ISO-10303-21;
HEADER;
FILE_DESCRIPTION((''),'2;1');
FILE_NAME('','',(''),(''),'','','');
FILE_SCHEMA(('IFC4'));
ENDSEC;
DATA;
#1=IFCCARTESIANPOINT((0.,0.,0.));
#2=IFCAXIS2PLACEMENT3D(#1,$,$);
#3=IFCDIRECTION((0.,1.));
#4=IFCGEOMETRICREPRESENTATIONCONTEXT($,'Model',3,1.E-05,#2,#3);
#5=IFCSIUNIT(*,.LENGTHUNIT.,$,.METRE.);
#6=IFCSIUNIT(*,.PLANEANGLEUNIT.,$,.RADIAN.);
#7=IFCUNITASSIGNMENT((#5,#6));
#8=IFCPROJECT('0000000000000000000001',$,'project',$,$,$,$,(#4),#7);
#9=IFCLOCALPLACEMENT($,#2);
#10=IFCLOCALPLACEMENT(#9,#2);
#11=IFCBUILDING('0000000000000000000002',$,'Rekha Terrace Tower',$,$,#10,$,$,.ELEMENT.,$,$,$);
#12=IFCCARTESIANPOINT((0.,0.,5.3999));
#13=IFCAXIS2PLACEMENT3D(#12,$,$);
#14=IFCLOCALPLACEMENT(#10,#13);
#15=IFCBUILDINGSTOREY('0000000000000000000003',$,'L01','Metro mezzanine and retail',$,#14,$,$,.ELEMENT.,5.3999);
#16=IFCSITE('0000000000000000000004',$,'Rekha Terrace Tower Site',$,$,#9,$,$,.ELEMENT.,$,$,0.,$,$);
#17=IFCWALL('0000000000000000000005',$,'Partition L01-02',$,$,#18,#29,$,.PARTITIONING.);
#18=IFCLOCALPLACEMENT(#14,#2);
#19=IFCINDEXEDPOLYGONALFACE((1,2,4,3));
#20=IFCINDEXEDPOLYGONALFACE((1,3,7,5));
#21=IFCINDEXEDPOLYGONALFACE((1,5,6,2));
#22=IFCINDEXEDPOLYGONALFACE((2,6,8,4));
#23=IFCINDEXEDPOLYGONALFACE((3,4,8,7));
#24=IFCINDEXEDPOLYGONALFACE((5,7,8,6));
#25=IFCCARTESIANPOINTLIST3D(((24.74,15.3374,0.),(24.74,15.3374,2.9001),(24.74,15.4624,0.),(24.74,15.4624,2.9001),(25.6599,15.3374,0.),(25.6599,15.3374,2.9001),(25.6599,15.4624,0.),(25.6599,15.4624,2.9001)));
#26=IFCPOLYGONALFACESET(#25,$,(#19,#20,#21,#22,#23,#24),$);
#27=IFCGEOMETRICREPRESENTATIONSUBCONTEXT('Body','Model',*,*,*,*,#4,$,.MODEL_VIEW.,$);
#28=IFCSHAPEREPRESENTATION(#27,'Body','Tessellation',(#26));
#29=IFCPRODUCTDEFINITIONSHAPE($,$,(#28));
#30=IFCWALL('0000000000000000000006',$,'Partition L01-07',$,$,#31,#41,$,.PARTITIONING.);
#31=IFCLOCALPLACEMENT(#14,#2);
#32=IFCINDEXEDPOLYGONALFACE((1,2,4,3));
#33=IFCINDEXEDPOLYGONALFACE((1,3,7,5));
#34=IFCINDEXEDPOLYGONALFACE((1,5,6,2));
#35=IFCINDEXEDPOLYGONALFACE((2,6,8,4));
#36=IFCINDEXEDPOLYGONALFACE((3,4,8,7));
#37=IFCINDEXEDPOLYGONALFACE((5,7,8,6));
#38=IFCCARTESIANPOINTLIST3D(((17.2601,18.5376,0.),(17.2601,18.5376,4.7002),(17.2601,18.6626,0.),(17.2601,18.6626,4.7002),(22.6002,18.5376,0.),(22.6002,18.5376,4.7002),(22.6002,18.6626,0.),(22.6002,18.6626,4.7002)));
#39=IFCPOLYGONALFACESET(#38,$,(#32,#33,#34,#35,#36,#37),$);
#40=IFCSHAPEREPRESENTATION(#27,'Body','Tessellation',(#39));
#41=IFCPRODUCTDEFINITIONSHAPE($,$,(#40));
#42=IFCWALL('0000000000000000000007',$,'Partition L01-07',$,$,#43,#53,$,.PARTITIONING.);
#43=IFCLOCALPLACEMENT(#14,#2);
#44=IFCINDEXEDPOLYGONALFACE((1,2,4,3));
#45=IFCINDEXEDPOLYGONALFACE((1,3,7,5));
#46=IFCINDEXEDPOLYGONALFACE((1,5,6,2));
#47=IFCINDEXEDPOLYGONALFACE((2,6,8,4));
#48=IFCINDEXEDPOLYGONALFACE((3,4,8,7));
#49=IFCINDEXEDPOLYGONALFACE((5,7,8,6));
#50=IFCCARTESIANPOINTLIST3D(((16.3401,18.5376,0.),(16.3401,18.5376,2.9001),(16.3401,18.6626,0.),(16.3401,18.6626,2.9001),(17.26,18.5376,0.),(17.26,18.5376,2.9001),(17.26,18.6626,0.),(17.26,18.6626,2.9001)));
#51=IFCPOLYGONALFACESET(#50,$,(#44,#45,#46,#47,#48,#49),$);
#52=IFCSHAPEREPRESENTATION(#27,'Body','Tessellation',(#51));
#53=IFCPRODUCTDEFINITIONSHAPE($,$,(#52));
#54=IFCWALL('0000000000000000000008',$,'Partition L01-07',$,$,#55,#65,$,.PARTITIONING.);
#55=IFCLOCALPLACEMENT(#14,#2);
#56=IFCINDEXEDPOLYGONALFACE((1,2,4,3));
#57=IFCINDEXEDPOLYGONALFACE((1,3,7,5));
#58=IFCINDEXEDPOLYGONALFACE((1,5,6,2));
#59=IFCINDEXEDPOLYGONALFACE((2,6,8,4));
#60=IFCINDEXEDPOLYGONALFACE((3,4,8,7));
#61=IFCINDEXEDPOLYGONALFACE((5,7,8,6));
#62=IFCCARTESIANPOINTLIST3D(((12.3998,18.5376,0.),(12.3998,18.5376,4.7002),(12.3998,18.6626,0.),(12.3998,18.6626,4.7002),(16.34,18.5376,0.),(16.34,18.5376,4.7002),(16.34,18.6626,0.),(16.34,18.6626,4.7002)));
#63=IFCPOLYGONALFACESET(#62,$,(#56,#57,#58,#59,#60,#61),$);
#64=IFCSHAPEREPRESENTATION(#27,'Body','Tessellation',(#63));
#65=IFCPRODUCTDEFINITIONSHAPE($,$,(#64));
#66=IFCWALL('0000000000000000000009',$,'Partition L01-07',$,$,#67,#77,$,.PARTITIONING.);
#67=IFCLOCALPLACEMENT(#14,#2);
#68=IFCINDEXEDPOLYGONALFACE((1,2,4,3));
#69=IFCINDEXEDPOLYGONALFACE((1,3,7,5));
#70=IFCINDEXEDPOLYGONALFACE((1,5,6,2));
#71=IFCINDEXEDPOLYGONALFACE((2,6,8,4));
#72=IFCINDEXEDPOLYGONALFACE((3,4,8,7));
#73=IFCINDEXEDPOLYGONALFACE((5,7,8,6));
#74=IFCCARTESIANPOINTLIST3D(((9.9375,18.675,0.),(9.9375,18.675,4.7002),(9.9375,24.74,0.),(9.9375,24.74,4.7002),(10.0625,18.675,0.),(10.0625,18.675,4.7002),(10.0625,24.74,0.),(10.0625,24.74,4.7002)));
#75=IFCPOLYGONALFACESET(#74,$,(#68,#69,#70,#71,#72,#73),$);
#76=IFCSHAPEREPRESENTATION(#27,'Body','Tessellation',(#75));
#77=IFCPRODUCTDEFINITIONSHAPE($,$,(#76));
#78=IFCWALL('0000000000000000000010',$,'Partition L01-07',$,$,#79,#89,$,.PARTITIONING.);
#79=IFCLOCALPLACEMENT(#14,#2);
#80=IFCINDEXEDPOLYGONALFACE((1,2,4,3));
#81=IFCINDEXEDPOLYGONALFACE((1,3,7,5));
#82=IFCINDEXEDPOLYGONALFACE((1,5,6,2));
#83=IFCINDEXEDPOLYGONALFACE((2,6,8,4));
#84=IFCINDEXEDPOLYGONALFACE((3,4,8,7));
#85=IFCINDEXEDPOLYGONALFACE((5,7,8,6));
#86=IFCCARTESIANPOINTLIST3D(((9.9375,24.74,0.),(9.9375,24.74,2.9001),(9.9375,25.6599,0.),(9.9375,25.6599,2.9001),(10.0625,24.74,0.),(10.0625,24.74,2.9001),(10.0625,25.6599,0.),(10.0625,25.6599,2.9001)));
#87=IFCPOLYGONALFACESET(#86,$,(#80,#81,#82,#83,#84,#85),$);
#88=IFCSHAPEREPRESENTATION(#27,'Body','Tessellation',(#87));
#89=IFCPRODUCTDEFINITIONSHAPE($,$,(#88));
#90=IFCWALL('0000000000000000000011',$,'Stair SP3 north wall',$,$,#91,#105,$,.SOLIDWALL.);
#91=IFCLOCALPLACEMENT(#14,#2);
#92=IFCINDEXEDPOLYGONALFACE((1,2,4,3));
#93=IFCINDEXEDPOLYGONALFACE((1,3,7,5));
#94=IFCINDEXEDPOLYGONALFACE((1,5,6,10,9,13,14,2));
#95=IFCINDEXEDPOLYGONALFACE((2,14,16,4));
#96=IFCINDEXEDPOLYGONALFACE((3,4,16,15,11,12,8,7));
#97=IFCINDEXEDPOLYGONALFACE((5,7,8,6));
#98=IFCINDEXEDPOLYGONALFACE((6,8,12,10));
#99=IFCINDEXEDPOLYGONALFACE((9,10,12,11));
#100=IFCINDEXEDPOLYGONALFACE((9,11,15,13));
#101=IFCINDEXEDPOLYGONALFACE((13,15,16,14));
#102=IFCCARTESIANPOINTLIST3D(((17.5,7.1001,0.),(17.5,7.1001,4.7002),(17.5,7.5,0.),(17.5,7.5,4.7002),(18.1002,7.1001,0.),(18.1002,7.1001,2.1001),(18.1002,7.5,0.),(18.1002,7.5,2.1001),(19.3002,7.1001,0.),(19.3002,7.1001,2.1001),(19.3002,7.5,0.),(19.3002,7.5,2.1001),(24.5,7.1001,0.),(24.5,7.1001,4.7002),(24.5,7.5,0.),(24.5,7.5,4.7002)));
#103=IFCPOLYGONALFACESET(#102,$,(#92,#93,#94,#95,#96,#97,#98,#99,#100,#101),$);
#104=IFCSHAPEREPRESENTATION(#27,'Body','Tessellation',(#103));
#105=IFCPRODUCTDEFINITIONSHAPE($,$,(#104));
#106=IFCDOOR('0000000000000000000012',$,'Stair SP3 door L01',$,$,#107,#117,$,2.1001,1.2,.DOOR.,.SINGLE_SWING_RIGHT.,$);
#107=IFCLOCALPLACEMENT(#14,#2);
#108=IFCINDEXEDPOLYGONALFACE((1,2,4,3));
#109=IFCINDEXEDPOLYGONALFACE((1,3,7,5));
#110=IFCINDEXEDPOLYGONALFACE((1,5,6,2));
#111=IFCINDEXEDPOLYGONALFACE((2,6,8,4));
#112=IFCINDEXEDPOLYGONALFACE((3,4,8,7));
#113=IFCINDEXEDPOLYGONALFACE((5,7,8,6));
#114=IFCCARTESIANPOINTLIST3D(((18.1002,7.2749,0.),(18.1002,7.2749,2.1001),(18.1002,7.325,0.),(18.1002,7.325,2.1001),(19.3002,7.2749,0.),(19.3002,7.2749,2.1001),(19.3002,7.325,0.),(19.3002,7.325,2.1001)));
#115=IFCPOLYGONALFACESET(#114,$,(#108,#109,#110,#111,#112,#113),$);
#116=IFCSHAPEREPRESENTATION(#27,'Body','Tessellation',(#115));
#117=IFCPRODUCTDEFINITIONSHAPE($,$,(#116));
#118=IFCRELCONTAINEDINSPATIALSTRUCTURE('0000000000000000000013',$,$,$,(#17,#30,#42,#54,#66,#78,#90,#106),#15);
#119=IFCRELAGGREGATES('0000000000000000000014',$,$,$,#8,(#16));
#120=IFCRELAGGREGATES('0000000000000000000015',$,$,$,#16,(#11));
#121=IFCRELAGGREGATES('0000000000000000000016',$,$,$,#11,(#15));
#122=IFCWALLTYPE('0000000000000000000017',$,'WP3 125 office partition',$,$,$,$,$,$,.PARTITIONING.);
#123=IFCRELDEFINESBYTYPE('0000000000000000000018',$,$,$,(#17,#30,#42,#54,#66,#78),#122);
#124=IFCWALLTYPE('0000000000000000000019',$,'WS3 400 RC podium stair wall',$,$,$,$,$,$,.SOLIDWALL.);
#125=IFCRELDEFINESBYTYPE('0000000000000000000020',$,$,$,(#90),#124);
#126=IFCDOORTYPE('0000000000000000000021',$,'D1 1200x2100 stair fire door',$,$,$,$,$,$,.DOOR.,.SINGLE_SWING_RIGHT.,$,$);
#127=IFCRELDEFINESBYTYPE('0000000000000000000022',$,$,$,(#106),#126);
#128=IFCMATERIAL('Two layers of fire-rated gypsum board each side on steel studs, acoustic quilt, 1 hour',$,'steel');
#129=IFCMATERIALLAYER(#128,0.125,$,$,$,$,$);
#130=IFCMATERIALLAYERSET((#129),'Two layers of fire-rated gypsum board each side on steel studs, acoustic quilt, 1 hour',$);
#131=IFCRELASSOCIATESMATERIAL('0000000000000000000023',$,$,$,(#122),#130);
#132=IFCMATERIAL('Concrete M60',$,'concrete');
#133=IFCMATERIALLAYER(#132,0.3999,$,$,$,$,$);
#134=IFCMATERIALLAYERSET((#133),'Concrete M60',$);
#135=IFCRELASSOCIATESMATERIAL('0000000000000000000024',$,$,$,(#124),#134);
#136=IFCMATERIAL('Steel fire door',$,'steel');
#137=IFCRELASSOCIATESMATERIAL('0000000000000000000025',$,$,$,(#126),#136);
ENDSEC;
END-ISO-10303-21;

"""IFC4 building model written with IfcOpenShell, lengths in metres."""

from ifc_helpers import new_model, si_unit, direction, frame, frame_2d, origin, place, context, subcontext, project, spatial, rectangle, extrude, material, layer, layer_set, type_object, element, fill, save


model = new_model("IFC4")

# Units and contexts
model_context = context("Model", 3, precision=1e-05, world=origin(), true_north=direction((0.0, 1.0)))
body_context = subcontext(model_context, "Body", "Model", "MODEL_VIEW")
ifc_project = project(units=[si_unit("LENGTHUNIT", "METRE"), si_unit("PLANEANGLEUNIT", "RADIAN")], contexts=[model_context])

# Site, building, storey
site_placement = place(None, origin())
site = spatial("IfcSite", under=ifc_project, at=site_placement, Name="Rekha Terrace Tower Site", CompositionType="ELEMENT", RefElevation=0.0)
building_placement = place(site_placement, origin())
building = spatial("IfcBuilding", under=site, at=building_placement, Name="Rekha Terrace Tower", CompositionType="ELEMENT")
storey_placement = place(building_placement, frame((0.0, 0.0, 5.3999)))
storey = spatial("IfcBuildingStorey", under=building, at=storey_placement, Name="L01", Description="Metro mezzanine and retail", CompositionType="ELEMENT", Elevation=5.3999)

# Shared definitions
ifc_material_1 = material(Name="Concrete M60", Category="concrete")

# Walls
ifc_material_2 = material(Name="Two layers of fire-rated gypsum board each side on steel studs, acoustic quilt, 1 hour", Category="steel")
ifc_layer_1 = layer(ifc_material_2, 0.125)
ifc_layer_set_1 = layer_set([ifc_layer_1], Name="Two layers of fire-rated gypsum board each side on steel studs, acoustic quilt, 1 hour")
wall_type_1 = type_object("IfcWallType", Name="WP3 125 office partition", PredefinedType="PARTITIONING", material=ifc_layer_set_1)
wall_1_placement = place(storey_placement, frame((24.74, 15.3999, 0.0), z_axis=(0.0, 0.0, 1.0), x_axis=(1.0, 0.0, 0.0)))
element("IfcWall", 1, at=wall_1_placement, inside=storey, type_object=wall_type_1, Name="Partition L01-02", PredefinedType="PARTITIONING", context=body_context, shape_type="SweptSolid", body=[
    extrude(rectangle(XDim=0.9199, YDim=0.125, at=frame_2d((0.46, 0.0))), origin(), (0.0, 0.0, 1.0), 2.9001),
])
wall_2_placement = place(storey_placement, frame((22.6001, 18.6001, 0.0), z_axis=(0.0, 0.0, 1.0), x_axis=(-1.0, 0.0, 0.0)))
element("IfcWall", 2, at=wall_2_placement, inside=storey, type_object=wall_type_1, Name="Partition L01-07", PredefinedType="PARTITIONING", context=body_context, shape_type="SweptSolid", body=[
    extrude(rectangle(XDim=5.3401, YDim=0.125, at=frame_2d((2.6699, 0.0))), origin(), (0.0, 0.0, 1.0), 4.7002),
])
wall_3_placement = place(storey_placement, frame((17.26, 18.6001, 0.0), z_axis=(0.0, 0.0, 1.0), x_axis=(-1.0, 0.0, 0.0)))
element("IfcWall", 3, at=wall_3_placement, inside=storey, type_object=wall_type_1, Name="Partition L01-07", PredefinedType="PARTITIONING", context=body_context, shape_type="SweptSolid", body=[
    extrude(rectangle(XDim=0.9199, YDim=0.125, at=frame_2d((0.46, 0.0))), origin(), (0.0, 0.0, 1.0), 2.9001),
])
wall_4_placement = place(storey_placement, frame((16.3401, 18.6001, 0.0), z_axis=(0.0, 0.0, 1.0), x_axis=(-1.0, 0.0, 0.0)))
element("IfcWall", 4, at=wall_4_placement, inside=storey, type_object=wall_type_1, Name="Partition L01-07", PredefinedType="PARTITIONING", context=body_context, shape_type="SweptSolid", body=[
    extrude(rectangle(XDim=3.9402, YDim=0.125, at=frame_2d((1.9702, 0.0))), origin(), (0.0, 0.0, 1.0), 4.7002),
])
wall_5_placement = place(storey_placement, frame((10.0, 18.675, 0.0), z_axis=(0.0, 0.0, 1.0), x_axis=(0.0, 1.0, 0.0)))
element("IfcWall", 5, at=wall_5_placement, inside=storey, type_object=wall_type_1, Name="Partition L01-07", PredefinedType="PARTITIONING", context=body_context, shape_type="SweptSolid", body=[
    extrude(rectangle(XDim=6.0649, YDim=0.125, at=frame_2d((3.0325, 0.0))), origin(), (0.0, 0.0, 1.0), 4.7002),
])
wall_6_placement = place(storey_placement, frame((10.0, 24.74, 0.0), z_axis=(0.0, 0.0, 1.0), x_axis=(0.0, 1.0, 0.0)))
element("IfcWall", 6, at=wall_6_placement, inside=storey, type_object=wall_type_1, Name="Partition L01-07", PredefinedType="PARTITIONING", context=body_context, shape_type="SweptSolid", body=[
    extrude(rectangle(XDim=0.9199, YDim=0.125, at=frame_2d((0.46, 0.0))), origin(), (0.0, 0.0, 1.0), 2.9001),
])

# Wall, opening, door
ifc_layer_2 = layer(ifc_material_1, 0.3999)
ifc_layer_set_2 = layer_set([ifc_layer_2], Name="Concrete M60")
wall_type_2 = type_object("IfcWallType", Name="WS3 400 RC podium stair wall", PredefinedType="SOLIDWALL", material=ifc_layer_set_2)
wall_7_placement = place(storey_placement, frame((17.5, 7.3, 0.0), z_axis=(0.0, 0.0, 1.0), x_axis=(1.0, 0.0, 0.0)))
wall_7 = element("IfcWall", 7, at=wall_7_placement, inside=storey, type_object=wall_type_2, Name="Stair SP3 north wall", PredefinedType="SOLIDWALL", context=body_context, shape_type="SweptSolid", body=[
    extrude(rectangle(XDim=7.0, YDim=0.3999, at=frame_2d((3.5, 0.0))), origin(), (0.0, 0.0, 1.0), 4.7002),
])
opening_placement = place(wall_7_placement, frame((0.6001, 0.0, 0.0)))
opening = element("IfcOpeningElement", 8, at=opening_placement, cuts=wall_7, PredefinedType="OPENING", context=body_context, shape_type="SweptSolid", body=[
    extrude(rectangle(XDim=1.2, YDim=2.1001, at=frame_2d((0.6001, 1.05))), frame((0.0, 0.21, 0.0), z_axis=(0.0, -1.0, 0.0), x_axis=(1.0, 0.0, 0.0)), (0.0, 0.0, 1.0), 0.4199),
])
ifc_material_3 = material(Name="Steel fire door", Category="steel")
door_type = type_object("IfcDoorType", Name="D1 1200x2100 stair fire door", OperationType="SINGLE_SWING_RIGHT", PredefinedType="DOOR", material=ifc_material_3)
door_placement = place(opening_placement, origin())
door = element("IfcDoor", 9, at=door_placement, inside=storey, type_object=door_type, Name="Stair SP3 door L01", OperationType="SINGLE_SWING_RIGHT", OverallHeight=2.1001, OverallWidth=1.2, PredefinedType="DOOR", context=body_context, shape_type="SweptSolid", body=[
    extrude(rectangle(XDim=1.2, YDim=2.1001, at=frame_2d((0.6001, 1.05))), frame((0.0, 0.0249, 0.0), z_axis=(0.0, -1.0, 0.0), x_axis=(1.0, 0.0, 0.0)), (0.0, 0.0, 1.0), 0.05),
])
fill(opening, door)

save(model, "model.ifc")
